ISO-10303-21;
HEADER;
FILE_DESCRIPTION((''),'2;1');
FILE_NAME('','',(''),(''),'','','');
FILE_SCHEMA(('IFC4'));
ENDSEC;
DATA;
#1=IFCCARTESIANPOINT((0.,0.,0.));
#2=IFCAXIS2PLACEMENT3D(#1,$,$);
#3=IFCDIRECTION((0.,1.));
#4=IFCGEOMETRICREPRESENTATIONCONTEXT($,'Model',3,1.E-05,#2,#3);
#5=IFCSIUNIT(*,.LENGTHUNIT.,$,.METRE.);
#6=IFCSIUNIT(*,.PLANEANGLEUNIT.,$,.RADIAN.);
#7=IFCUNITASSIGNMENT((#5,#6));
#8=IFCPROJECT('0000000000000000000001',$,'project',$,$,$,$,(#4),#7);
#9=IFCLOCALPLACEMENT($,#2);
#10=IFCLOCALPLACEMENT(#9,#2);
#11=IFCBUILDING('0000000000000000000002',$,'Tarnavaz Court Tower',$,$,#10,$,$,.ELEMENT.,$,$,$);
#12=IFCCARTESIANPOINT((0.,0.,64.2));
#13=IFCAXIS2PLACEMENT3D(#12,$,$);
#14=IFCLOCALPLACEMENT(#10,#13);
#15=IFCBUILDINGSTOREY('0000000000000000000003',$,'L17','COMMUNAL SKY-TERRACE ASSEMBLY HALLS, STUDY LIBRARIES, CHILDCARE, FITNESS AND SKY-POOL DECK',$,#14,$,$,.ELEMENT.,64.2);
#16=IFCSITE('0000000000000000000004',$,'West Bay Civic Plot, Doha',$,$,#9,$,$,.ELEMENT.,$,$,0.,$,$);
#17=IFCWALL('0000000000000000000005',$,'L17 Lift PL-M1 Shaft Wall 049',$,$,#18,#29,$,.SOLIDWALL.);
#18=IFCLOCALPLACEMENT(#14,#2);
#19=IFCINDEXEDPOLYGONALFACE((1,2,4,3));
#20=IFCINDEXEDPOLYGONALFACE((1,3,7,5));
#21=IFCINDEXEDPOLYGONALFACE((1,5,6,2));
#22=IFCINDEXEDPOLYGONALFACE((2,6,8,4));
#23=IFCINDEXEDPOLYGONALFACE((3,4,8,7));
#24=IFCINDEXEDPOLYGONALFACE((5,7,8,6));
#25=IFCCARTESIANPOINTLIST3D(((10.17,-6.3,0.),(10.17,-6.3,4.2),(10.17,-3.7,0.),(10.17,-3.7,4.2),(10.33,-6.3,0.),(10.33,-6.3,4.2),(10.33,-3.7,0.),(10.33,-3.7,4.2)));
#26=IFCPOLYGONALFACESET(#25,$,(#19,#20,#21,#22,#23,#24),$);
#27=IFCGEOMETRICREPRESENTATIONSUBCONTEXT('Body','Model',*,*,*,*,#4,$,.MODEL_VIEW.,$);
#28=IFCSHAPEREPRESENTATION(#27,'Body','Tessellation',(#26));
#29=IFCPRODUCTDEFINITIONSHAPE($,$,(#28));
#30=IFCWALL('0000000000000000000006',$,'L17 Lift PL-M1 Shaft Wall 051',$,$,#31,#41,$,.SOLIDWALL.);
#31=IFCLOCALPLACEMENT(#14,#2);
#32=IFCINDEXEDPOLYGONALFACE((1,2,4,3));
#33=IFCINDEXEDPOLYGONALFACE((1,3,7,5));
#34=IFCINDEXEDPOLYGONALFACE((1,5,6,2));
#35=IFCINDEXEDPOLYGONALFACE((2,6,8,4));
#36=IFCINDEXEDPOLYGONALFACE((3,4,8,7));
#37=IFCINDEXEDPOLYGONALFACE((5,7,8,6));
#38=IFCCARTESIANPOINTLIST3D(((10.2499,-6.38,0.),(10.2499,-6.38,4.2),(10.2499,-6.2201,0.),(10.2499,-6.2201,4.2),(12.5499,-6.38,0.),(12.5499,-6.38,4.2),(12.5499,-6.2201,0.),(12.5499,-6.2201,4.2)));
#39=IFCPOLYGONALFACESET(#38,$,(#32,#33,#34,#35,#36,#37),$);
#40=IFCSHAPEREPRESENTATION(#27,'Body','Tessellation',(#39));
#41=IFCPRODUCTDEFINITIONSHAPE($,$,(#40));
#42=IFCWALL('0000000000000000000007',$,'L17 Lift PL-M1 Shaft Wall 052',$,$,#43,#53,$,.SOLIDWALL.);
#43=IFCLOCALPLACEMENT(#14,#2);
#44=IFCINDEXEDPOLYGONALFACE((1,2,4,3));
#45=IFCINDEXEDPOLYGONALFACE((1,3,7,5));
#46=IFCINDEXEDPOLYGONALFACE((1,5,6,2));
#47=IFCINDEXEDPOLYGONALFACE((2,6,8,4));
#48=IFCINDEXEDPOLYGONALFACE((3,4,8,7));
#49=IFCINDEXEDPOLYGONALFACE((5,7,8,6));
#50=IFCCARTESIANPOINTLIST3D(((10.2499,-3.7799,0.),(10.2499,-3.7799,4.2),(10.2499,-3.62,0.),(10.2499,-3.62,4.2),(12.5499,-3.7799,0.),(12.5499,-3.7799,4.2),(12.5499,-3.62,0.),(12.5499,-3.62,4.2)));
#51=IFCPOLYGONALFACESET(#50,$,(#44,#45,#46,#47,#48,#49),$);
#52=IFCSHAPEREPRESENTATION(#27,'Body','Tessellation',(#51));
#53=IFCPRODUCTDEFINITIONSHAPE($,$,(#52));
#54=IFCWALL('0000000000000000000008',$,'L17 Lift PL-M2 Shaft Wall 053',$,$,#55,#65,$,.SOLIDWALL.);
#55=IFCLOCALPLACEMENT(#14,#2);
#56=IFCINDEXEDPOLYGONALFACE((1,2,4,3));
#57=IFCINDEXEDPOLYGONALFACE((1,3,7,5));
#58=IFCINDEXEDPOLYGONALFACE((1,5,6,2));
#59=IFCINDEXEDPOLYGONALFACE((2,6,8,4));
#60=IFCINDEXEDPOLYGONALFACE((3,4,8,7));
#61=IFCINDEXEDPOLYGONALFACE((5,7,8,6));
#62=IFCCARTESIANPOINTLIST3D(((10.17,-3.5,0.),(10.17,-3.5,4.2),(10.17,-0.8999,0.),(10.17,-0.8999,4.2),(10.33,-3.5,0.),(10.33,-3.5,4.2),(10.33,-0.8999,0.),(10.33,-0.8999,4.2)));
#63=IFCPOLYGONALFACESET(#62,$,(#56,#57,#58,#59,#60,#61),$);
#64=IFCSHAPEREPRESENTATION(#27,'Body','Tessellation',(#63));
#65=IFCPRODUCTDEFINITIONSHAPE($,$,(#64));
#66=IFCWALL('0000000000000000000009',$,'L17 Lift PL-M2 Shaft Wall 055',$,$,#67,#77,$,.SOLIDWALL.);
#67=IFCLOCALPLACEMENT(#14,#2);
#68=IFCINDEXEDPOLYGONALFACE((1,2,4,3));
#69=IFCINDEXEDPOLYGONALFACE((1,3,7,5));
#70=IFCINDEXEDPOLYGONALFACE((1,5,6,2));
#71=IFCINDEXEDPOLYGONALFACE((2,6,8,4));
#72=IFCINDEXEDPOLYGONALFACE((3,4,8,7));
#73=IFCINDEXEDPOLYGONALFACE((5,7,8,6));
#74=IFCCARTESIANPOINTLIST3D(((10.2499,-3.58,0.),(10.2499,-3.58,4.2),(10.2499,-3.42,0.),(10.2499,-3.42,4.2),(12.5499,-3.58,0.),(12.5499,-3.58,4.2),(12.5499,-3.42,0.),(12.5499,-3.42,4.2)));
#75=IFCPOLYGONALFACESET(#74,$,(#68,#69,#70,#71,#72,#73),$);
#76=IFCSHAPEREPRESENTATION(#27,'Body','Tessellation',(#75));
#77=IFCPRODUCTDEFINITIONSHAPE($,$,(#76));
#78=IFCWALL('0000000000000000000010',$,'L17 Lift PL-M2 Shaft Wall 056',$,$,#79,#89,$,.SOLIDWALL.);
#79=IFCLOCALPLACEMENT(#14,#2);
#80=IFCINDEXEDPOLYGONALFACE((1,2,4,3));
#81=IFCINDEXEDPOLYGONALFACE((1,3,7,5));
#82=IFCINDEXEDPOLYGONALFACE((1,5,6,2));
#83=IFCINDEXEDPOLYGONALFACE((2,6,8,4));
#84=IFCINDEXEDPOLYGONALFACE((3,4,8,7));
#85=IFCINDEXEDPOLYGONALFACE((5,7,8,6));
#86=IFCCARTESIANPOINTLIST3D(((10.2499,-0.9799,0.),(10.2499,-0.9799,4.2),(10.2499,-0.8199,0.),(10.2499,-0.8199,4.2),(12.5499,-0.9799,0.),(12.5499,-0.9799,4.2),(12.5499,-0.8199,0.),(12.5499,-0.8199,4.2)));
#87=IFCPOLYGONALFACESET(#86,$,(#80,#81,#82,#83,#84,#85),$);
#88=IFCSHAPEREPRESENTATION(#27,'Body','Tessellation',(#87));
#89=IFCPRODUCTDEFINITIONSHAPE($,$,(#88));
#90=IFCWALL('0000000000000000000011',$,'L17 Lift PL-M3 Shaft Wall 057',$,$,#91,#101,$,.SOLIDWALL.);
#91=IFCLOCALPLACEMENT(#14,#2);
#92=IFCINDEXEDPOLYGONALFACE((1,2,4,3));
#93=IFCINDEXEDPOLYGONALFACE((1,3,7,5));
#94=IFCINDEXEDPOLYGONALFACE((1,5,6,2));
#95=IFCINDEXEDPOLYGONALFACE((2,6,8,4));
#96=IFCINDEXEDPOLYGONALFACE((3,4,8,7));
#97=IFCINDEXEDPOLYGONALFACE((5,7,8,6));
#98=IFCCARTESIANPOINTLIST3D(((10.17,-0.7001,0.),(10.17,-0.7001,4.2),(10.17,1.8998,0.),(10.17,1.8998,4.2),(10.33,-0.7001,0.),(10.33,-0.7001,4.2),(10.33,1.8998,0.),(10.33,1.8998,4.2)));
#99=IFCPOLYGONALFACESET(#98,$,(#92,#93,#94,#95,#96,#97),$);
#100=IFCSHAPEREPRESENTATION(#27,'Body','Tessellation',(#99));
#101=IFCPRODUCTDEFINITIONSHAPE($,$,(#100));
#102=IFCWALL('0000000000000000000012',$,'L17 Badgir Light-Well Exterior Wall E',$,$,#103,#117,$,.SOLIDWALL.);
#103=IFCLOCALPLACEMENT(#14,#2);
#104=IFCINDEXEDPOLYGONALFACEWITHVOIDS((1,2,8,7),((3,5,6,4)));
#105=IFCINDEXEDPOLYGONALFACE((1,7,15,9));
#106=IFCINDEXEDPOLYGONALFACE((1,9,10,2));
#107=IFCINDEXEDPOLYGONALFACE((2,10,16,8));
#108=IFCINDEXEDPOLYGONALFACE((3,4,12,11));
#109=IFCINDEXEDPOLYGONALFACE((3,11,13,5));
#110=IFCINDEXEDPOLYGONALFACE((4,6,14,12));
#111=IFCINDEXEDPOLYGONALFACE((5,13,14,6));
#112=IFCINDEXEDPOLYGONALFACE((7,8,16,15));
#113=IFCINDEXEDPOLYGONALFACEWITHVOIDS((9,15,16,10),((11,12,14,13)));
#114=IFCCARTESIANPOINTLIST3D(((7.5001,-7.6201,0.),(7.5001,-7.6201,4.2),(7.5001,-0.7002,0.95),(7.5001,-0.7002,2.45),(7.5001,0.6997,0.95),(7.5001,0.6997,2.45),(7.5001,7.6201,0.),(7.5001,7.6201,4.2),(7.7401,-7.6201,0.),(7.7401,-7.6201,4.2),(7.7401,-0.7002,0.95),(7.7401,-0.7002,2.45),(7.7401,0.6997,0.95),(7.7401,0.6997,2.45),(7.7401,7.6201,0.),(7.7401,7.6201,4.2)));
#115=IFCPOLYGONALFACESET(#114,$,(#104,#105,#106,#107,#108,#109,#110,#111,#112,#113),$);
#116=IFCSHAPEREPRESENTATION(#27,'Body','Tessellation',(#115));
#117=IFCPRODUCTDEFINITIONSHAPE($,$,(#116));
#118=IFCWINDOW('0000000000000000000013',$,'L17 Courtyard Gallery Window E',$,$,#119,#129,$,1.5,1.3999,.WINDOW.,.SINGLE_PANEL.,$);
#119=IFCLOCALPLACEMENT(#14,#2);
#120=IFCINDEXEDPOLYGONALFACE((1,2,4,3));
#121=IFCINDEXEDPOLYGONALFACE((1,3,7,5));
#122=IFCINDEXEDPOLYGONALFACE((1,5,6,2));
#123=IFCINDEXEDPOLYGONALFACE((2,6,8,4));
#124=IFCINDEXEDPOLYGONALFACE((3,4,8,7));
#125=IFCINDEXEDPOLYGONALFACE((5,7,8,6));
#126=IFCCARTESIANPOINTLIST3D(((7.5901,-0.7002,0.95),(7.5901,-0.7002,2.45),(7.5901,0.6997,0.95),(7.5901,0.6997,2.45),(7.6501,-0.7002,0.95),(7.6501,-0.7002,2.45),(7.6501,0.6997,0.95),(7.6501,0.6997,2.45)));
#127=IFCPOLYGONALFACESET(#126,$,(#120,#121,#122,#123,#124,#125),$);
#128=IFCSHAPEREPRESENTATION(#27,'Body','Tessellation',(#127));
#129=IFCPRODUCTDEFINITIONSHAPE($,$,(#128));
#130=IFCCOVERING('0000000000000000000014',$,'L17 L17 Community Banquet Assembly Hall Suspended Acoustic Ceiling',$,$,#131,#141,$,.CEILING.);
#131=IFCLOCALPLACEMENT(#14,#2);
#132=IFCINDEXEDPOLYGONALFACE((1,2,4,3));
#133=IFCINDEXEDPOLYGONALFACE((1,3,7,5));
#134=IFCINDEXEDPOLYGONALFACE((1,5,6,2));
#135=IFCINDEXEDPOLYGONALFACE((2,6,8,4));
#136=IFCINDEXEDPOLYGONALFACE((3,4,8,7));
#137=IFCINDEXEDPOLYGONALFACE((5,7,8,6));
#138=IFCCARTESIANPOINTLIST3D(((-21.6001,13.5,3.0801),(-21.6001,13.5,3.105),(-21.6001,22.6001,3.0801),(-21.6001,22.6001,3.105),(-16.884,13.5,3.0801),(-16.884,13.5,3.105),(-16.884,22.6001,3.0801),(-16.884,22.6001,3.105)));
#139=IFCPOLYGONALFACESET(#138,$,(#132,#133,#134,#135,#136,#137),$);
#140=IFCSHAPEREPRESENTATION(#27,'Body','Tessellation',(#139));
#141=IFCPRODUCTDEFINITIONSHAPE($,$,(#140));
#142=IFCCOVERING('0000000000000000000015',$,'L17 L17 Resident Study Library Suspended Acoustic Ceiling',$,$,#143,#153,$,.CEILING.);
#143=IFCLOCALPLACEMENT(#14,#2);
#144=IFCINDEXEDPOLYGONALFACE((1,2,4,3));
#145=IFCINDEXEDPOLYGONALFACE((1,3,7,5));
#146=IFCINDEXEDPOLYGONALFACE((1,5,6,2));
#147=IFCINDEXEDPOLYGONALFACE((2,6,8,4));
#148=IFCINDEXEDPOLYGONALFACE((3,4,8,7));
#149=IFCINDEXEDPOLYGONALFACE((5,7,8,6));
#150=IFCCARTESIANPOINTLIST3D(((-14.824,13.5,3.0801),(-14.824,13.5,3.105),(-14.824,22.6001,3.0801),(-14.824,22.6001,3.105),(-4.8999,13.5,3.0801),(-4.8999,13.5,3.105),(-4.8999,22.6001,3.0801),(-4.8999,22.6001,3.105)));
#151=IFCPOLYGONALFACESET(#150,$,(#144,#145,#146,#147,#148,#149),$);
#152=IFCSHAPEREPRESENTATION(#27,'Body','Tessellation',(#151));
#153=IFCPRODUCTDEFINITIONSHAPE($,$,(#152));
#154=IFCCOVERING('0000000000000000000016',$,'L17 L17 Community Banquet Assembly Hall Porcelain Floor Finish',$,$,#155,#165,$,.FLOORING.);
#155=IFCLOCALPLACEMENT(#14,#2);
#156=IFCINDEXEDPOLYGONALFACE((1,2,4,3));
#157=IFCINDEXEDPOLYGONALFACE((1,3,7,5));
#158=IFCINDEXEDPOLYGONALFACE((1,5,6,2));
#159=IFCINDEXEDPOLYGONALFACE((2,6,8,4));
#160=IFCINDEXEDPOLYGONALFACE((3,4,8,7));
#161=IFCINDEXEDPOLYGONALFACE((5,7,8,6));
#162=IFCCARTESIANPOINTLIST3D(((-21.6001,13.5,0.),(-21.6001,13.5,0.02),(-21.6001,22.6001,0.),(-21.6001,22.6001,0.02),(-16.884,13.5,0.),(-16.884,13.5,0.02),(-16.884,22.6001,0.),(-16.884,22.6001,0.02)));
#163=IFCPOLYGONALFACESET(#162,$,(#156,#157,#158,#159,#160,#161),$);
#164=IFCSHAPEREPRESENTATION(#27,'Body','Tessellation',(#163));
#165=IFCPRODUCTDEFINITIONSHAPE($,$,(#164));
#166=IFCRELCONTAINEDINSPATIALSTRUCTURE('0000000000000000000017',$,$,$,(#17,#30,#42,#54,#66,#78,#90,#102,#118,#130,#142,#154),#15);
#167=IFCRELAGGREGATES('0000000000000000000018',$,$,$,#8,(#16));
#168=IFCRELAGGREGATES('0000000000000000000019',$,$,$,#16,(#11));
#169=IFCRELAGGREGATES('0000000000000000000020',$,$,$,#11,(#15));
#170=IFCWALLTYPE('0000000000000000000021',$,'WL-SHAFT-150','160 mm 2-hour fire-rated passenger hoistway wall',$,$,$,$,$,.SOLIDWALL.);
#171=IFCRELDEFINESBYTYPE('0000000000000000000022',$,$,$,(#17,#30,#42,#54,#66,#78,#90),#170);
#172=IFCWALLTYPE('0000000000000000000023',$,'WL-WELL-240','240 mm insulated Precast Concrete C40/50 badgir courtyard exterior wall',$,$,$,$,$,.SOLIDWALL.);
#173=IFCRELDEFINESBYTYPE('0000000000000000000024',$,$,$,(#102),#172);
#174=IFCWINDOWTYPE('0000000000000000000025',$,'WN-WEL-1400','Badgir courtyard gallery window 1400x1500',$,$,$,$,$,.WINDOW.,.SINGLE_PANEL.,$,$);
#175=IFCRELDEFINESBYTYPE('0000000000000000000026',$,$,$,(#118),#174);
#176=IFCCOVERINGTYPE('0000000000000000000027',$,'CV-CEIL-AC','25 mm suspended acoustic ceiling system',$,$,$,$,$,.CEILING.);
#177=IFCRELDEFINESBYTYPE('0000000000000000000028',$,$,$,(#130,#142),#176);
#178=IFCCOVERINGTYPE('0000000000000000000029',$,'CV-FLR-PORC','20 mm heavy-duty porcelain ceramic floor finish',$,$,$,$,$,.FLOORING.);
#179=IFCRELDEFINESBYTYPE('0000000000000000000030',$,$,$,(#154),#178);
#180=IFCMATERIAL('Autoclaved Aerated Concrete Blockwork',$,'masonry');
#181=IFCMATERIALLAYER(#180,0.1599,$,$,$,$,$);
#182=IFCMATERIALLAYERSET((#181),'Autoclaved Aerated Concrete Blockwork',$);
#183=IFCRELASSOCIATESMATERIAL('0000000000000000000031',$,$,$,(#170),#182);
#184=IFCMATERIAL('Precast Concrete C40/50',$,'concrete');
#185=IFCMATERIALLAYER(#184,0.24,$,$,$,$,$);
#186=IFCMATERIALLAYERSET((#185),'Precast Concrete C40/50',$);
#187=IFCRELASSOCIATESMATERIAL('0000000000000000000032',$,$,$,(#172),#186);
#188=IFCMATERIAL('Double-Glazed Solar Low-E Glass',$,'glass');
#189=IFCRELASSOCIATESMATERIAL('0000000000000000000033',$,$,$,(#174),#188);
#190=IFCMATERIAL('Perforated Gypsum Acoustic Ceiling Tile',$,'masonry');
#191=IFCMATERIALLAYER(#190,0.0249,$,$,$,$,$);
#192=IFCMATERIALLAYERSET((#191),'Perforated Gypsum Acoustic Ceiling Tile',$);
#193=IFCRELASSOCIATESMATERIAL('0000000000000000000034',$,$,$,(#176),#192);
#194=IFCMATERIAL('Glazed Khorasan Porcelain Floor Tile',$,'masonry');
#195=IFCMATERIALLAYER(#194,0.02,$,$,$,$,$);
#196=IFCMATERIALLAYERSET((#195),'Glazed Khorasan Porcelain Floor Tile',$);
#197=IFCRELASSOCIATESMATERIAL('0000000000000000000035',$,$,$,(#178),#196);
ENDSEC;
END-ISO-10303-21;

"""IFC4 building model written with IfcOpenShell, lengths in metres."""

from ifc_helpers import new_model, si_unit, direction, frame, frame_2d, origin, place, context, subcontext, project, spatial, polyline, rectangle, outline, extrude, material, layer, layer_set, type_object, element, fill, save


model = new_model("IFC4")

# Units and contexts
model_context = context("Model", 3, precision=1e-05, world=origin(), true_north=direction((0.0, 1.0)))
body_context = subcontext(model_context, "Body", "Model", "MODEL_VIEW")
ifc_project = project(units=[si_unit("LENGTHUNIT", "METRE"), si_unit("PLANEANGLEUNIT", "RADIAN")], contexts=[model_context])

# Site, building, storey
site_placement = place(None, origin())
site = spatial("IfcSite", under=ifc_project, at=site_placement, Name="West Bay Civic Plot, Doha", CompositionType="ELEMENT", RefElevation=0.0)
building_placement = place(site_placement, origin())
building = spatial("IfcBuilding", under=site, at=building_placement, Name="Tarnavaz Court Tower", CompositionType="ELEMENT")
storey_placement = place(building_placement, frame((0.0, 0.0, 64.2)))
storey = spatial("IfcBuildingStorey", under=building, at=storey_placement, Name="L17", Description="COMMUNAL SKY-TERRACE ASSEMBLY HALLS, STUDY LIBRARIES, CHILDCARE, FITNESS AND SKY-POOL DECK", CompositionType="ELEMENT", Elevation=64.2)

# Shared definitions
ifc_material_1 = material(Name="Double-Glazed Solar Low-E Glass", Category="glass")

# Walls
ifc_material_2 = material(Name="Autoclaved Aerated Concrete Blockwork", Category="masonry")
ifc_layer_1 = layer(ifc_material_2, 0.1599)
ifc_layer_set_1 = layer_set([ifc_layer_1], Name="Autoclaved Aerated Concrete Blockwork")
wall_type_1 = type_object("IfcWallType", Name="WL-SHAFT-150", Description="160 mm 2-hour fire-rated passenger hoistway wall", PredefinedType="SOLIDWALL", material=ifc_layer_set_1)
wall_1_placement = place(storey_placement, frame((10.25, -6.3, 0.0), z_axis=(0.0, 0.0, 1.0), x_axis=(0.0, 1.0, 0.0)))
element("IfcWall", 1, at=wall_1_placement, inside=storey, type_object=wall_type_1, Name="L17 Lift PL-M1 Shaft Wall 049", PredefinedType="SOLIDWALL", context=body_context, shape_type="SweptSolid", body=[
    extrude(rectangle(XDim=2.6001, YDim=0.1599, at=frame_2d((1.3, 0.0))), origin(), (0.0, 0.0, 1.0), 4.2),
])
for number, where, z_axis, x_axis, name in (
    (2, (10.25, -6.3, 0.0), (0.0, 0.0, 1.0), (1.0, 0.0, 0.0), "L17 Lift PL-M1 Shaft Wall 051"),
    (3, (10.25, -3.7, 0.0), (0.0, 0.0, 1.0), (1.0, 0.0, 0.0), "L17 Lift PL-M1 Shaft Wall 052"),
):
    element("IfcWall", number, at=place(storey_placement, frame(where, z_axis=z_axis, x_axis=x_axis)), inside=storey, type_object=wall_type_1, Name=name, PredefinedType="SOLIDWALL", context=body_context, shape_type="SweptSolid", body=[
        extrude(rectangle(XDim=2.3, YDim=0.1599, at=frame_2d((1.1499, 0.0))), origin(), (0.0, 0.0, 1.0), 4.2),
    ])
wall_2_placement = place(storey_placement, frame((10.25, -3.5, 0.0), z_axis=(0.0, 0.0, 1.0), x_axis=(0.0, 1.0, 0.0)))
element("IfcWall", 4, at=wall_2_placement, inside=storey, type_object=wall_type_1, Name="L17 Lift PL-M2 Shaft Wall 053", PredefinedType="SOLIDWALL", context=body_context, shape_type="SweptSolid", body=[
    extrude(rectangle(XDim=2.6001, YDim=0.1599, at=frame_2d((1.3, 0.0))), origin(), (0.0, 0.0, 1.0), 4.2),
])
for number, where, z_axis, x_axis, name in (
    (5, (10.25, -3.5, 0.0), (0.0, 0.0, 1.0), (1.0, 0.0, 0.0), "L17 Lift PL-M2 Shaft Wall 055"),
    (6, (10.25, -0.8999, 0.0), (0.0, 0.0, 1.0), (1.0, 0.0, 0.0), "L17 Lift PL-M2 Shaft Wall 056"),
):
    element("IfcWall", number, at=place(storey_placement, frame(where, z_axis=z_axis, x_axis=x_axis)), inside=storey, type_object=wall_type_1, Name=name, PredefinedType="SOLIDWALL", context=body_context, shape_type="SweptSolid", body=[
        extrude(rectangle(XDim=2.3, YDim=0.1599, at=frame_2d((1.1499, 0.0))), origin(), (0.0, 0.0, 1.0), 4.2),
    ])
wall_3_placement = place(storey_placement, frame((10.25, -0.7, 0.0), z_axis=(0.0, 0.0, 1.0), x_axis=(0.0, 1.0, 0.0)))
element("IfcWall", 7, at=wall_3_placement, inside=storey, type_object=wall_type_1, Name="L17 Lift PL-M3 Shaft Wall 057", PredefinedType="SOLIDWALL", context=body_context, shape_type="SweptSolid", body=[
    extrude(rectangle(XDim=2.5999, YDim=0.1599, at=frame_2d((1.2998, 0.0))), origin(), (0.0, 0.0, 1.0), 4.2),
])

# Wall, opening, window
ifc_material_3 = material(Name="Precast Concrete C40/50", Category="concrete")
ifc_layer_2 = layer(ifc_material_3, 0.24)
ifc_layer_set_2 = layer_set([ifc_layer_2], Name="Precast Concrete C40/50")
wall_type_2 = type_object("IfcWallType", Name="WL-WELL-240", Description="240 mm insulated Precast Concrete C40/50 badgir courtyard exterior wall", PredefinedType="SOLIDWALL", material=ifc_layer_set_2)
wall_4_placement = place(storey_placement, frame((7.6201, -7.6201, 0.0), z_axis=(0.0, 0.0, 1.0), x_axis=(0.0, 1.0, 0.0)))
wall_4 = element("IfcWall", 8, at=wall_4_placement, inside=storey, type_object=wall_type_2, Name="L17 Badgir Light-Well Exterior Wall E", PredefinedType="SOLIDWALL", context=body_context, shape_type="SweptSolid", body=[
    extrude(rectangle(XDim=15.2402, YDim=0.24, at=frame_2d((7.6201, 0.0))), origin(), (0.0, 0.0, 1.0), 4.2),
])
opening_placement = place(wall_4_placement, frame((6.9199, 0.0, 0.95)))
opening = element("IfcOpeningElement", 9, at=opening_placement, cuts=wall_4, PredefinedType="OPENING", context=body_context, shape_type="SweptSolid", body=[
    extrude(rectangle(XDim=1.3999, YDim=1.5, at=frame_2d((0.7, 0.75))), frame((0.0, 0.1299, 0.0), z_axis=(0.0, -1.0, 0.0), x_axis=(1.0, 0.0, 0.0)), (0.0, 0.0, 1.0), 0.26),
])
window_type = type_object("IfcWindowType", Name="WN-WEL-1400", Description="Badgir courtyard gallery window 1400x1500", PartitioningType="SINGLE_PANEL", PredefinedType="WINDOW", material=ifc_material_1)
window_placement = place(opening_placement, origin())
window = element("IfcWindow", 10, at=window_placement, inside=storey, type_object=window_type, Name="L17 Courtyard Gallery Window E", OverallHeight=1.5, OverallWidth=1.3999, PartitioningType="SINGLE_PANEL", PredefinedType="WINDOW", context=body_context, shape_type="SweptSolid", body=[
    extrude(rectangle(XDim=1.3999, YDim=1.5, at=frame_2d((0.7, 0.75))), frame((0.0, 0.03, 0.0), z_axis=(0.0, -1.0, 0.0), x_axis=(1.0, 0.0, 0.0)), (0.0, 0.0, 1.0), 0.0601),
])
fill(opening, window)

# Coverings
ifc_material_4 = material(Name="Perforated Gypsum Acoustic Ceiling Tile", Category="masonry")
ifc_layer_3 = layer(ifc_material_4, 0.0249)
ifc_layer_set_3 = layer_set([ifc_layer_3], Name="Perforated Gypsum Acoustic Ceiling Tile")
covering_type_1 = type_object("IfcCoveringType", Name="CV-CEIL-AC", Description="25 mm suspended acoustic ceiling system", PredefinedType="CEILING", material=ifc_layer_set_3)
covering_1_placement = place(storey_placement, frame((0.0, 0.0, 3.0801)))
element("IfcCovering", 11, at=covering_1_placement, inside=storey, type_object=covering_type_1, Name="L17 L17 Community Banquet Assembly Hall Suspended Acoustic Ceiling", PredefinedType="CEILING", context=body_context, shape_type="SweptSolid", body=[
    extrude(outline(polyline([(-21.6001, 13.5), (-16.884, 13.5), (-16.884, 22.6001), (-21.6001, 22.6001), (-21.6001, 13.5)])), origin(), (0.0, 0.0, 1.0), 0.0249),
])
covering_2_placement = place(storey_placement, frame((0.0, 0.0, 3.0801)))
element("IfcCovering", 12, at=covering_2_placement, inside=storey, type_object=covering_type_1, Name="L17 L17 Resident Study Library Suspended Acoustic Ceiling", PredefinedType="CEILING", context=body_context, shape_type="SweptSolid", body=[
    extrude(outline(polyline([(-14.824, 13.5), (-4.8999, 13.5), (-4.8999, 22.6001), (-14.824, 22.6001), (-14.824, 13.5)])), origin(), (0.0, 0.0, 1.0), 0.0249),
])
ifc_material_5 = material(Name="Glazed Khorasan Porcelain Floor Tile", Category="masonry")
ifc_layer_4 = layer(ifc_material_5, 0.02)
ifc_layer_set_4 = layer_set([ifc_layer_4], Name="Glazed Khorasan Porcelain Floor Tile")
covering_type_2 = type_object("IfcCoveringType", Name="CV-FLR-PORC", Description="20 mm heavy-duty porcelain ceramic floor finish", PredefinedType="FLOORING", material=ifc_layer_set_4)
covering_3_placement = place(storey_placement, origin())
element("IfcCovering", 13, at=covering_3_placement, inside=storey, type_object=covering_type_2, Name="L17 L17 Community Banquet Assembly Hall Porcelain Floor Finish", PredefinedType="FLOORING", context=body_context, shape_type="SweptSolid", body=[
    extrude(outline(polyline([(-21.6001, 13.5), (-16.884, 13.5), (-16.884, 22.6001), (-21.6001, 22.6001), (-21.6001, 13.5)])), origin(), (0.0, 0.0, 1.0), 0.02),
])

save(model, "model.ifc")
